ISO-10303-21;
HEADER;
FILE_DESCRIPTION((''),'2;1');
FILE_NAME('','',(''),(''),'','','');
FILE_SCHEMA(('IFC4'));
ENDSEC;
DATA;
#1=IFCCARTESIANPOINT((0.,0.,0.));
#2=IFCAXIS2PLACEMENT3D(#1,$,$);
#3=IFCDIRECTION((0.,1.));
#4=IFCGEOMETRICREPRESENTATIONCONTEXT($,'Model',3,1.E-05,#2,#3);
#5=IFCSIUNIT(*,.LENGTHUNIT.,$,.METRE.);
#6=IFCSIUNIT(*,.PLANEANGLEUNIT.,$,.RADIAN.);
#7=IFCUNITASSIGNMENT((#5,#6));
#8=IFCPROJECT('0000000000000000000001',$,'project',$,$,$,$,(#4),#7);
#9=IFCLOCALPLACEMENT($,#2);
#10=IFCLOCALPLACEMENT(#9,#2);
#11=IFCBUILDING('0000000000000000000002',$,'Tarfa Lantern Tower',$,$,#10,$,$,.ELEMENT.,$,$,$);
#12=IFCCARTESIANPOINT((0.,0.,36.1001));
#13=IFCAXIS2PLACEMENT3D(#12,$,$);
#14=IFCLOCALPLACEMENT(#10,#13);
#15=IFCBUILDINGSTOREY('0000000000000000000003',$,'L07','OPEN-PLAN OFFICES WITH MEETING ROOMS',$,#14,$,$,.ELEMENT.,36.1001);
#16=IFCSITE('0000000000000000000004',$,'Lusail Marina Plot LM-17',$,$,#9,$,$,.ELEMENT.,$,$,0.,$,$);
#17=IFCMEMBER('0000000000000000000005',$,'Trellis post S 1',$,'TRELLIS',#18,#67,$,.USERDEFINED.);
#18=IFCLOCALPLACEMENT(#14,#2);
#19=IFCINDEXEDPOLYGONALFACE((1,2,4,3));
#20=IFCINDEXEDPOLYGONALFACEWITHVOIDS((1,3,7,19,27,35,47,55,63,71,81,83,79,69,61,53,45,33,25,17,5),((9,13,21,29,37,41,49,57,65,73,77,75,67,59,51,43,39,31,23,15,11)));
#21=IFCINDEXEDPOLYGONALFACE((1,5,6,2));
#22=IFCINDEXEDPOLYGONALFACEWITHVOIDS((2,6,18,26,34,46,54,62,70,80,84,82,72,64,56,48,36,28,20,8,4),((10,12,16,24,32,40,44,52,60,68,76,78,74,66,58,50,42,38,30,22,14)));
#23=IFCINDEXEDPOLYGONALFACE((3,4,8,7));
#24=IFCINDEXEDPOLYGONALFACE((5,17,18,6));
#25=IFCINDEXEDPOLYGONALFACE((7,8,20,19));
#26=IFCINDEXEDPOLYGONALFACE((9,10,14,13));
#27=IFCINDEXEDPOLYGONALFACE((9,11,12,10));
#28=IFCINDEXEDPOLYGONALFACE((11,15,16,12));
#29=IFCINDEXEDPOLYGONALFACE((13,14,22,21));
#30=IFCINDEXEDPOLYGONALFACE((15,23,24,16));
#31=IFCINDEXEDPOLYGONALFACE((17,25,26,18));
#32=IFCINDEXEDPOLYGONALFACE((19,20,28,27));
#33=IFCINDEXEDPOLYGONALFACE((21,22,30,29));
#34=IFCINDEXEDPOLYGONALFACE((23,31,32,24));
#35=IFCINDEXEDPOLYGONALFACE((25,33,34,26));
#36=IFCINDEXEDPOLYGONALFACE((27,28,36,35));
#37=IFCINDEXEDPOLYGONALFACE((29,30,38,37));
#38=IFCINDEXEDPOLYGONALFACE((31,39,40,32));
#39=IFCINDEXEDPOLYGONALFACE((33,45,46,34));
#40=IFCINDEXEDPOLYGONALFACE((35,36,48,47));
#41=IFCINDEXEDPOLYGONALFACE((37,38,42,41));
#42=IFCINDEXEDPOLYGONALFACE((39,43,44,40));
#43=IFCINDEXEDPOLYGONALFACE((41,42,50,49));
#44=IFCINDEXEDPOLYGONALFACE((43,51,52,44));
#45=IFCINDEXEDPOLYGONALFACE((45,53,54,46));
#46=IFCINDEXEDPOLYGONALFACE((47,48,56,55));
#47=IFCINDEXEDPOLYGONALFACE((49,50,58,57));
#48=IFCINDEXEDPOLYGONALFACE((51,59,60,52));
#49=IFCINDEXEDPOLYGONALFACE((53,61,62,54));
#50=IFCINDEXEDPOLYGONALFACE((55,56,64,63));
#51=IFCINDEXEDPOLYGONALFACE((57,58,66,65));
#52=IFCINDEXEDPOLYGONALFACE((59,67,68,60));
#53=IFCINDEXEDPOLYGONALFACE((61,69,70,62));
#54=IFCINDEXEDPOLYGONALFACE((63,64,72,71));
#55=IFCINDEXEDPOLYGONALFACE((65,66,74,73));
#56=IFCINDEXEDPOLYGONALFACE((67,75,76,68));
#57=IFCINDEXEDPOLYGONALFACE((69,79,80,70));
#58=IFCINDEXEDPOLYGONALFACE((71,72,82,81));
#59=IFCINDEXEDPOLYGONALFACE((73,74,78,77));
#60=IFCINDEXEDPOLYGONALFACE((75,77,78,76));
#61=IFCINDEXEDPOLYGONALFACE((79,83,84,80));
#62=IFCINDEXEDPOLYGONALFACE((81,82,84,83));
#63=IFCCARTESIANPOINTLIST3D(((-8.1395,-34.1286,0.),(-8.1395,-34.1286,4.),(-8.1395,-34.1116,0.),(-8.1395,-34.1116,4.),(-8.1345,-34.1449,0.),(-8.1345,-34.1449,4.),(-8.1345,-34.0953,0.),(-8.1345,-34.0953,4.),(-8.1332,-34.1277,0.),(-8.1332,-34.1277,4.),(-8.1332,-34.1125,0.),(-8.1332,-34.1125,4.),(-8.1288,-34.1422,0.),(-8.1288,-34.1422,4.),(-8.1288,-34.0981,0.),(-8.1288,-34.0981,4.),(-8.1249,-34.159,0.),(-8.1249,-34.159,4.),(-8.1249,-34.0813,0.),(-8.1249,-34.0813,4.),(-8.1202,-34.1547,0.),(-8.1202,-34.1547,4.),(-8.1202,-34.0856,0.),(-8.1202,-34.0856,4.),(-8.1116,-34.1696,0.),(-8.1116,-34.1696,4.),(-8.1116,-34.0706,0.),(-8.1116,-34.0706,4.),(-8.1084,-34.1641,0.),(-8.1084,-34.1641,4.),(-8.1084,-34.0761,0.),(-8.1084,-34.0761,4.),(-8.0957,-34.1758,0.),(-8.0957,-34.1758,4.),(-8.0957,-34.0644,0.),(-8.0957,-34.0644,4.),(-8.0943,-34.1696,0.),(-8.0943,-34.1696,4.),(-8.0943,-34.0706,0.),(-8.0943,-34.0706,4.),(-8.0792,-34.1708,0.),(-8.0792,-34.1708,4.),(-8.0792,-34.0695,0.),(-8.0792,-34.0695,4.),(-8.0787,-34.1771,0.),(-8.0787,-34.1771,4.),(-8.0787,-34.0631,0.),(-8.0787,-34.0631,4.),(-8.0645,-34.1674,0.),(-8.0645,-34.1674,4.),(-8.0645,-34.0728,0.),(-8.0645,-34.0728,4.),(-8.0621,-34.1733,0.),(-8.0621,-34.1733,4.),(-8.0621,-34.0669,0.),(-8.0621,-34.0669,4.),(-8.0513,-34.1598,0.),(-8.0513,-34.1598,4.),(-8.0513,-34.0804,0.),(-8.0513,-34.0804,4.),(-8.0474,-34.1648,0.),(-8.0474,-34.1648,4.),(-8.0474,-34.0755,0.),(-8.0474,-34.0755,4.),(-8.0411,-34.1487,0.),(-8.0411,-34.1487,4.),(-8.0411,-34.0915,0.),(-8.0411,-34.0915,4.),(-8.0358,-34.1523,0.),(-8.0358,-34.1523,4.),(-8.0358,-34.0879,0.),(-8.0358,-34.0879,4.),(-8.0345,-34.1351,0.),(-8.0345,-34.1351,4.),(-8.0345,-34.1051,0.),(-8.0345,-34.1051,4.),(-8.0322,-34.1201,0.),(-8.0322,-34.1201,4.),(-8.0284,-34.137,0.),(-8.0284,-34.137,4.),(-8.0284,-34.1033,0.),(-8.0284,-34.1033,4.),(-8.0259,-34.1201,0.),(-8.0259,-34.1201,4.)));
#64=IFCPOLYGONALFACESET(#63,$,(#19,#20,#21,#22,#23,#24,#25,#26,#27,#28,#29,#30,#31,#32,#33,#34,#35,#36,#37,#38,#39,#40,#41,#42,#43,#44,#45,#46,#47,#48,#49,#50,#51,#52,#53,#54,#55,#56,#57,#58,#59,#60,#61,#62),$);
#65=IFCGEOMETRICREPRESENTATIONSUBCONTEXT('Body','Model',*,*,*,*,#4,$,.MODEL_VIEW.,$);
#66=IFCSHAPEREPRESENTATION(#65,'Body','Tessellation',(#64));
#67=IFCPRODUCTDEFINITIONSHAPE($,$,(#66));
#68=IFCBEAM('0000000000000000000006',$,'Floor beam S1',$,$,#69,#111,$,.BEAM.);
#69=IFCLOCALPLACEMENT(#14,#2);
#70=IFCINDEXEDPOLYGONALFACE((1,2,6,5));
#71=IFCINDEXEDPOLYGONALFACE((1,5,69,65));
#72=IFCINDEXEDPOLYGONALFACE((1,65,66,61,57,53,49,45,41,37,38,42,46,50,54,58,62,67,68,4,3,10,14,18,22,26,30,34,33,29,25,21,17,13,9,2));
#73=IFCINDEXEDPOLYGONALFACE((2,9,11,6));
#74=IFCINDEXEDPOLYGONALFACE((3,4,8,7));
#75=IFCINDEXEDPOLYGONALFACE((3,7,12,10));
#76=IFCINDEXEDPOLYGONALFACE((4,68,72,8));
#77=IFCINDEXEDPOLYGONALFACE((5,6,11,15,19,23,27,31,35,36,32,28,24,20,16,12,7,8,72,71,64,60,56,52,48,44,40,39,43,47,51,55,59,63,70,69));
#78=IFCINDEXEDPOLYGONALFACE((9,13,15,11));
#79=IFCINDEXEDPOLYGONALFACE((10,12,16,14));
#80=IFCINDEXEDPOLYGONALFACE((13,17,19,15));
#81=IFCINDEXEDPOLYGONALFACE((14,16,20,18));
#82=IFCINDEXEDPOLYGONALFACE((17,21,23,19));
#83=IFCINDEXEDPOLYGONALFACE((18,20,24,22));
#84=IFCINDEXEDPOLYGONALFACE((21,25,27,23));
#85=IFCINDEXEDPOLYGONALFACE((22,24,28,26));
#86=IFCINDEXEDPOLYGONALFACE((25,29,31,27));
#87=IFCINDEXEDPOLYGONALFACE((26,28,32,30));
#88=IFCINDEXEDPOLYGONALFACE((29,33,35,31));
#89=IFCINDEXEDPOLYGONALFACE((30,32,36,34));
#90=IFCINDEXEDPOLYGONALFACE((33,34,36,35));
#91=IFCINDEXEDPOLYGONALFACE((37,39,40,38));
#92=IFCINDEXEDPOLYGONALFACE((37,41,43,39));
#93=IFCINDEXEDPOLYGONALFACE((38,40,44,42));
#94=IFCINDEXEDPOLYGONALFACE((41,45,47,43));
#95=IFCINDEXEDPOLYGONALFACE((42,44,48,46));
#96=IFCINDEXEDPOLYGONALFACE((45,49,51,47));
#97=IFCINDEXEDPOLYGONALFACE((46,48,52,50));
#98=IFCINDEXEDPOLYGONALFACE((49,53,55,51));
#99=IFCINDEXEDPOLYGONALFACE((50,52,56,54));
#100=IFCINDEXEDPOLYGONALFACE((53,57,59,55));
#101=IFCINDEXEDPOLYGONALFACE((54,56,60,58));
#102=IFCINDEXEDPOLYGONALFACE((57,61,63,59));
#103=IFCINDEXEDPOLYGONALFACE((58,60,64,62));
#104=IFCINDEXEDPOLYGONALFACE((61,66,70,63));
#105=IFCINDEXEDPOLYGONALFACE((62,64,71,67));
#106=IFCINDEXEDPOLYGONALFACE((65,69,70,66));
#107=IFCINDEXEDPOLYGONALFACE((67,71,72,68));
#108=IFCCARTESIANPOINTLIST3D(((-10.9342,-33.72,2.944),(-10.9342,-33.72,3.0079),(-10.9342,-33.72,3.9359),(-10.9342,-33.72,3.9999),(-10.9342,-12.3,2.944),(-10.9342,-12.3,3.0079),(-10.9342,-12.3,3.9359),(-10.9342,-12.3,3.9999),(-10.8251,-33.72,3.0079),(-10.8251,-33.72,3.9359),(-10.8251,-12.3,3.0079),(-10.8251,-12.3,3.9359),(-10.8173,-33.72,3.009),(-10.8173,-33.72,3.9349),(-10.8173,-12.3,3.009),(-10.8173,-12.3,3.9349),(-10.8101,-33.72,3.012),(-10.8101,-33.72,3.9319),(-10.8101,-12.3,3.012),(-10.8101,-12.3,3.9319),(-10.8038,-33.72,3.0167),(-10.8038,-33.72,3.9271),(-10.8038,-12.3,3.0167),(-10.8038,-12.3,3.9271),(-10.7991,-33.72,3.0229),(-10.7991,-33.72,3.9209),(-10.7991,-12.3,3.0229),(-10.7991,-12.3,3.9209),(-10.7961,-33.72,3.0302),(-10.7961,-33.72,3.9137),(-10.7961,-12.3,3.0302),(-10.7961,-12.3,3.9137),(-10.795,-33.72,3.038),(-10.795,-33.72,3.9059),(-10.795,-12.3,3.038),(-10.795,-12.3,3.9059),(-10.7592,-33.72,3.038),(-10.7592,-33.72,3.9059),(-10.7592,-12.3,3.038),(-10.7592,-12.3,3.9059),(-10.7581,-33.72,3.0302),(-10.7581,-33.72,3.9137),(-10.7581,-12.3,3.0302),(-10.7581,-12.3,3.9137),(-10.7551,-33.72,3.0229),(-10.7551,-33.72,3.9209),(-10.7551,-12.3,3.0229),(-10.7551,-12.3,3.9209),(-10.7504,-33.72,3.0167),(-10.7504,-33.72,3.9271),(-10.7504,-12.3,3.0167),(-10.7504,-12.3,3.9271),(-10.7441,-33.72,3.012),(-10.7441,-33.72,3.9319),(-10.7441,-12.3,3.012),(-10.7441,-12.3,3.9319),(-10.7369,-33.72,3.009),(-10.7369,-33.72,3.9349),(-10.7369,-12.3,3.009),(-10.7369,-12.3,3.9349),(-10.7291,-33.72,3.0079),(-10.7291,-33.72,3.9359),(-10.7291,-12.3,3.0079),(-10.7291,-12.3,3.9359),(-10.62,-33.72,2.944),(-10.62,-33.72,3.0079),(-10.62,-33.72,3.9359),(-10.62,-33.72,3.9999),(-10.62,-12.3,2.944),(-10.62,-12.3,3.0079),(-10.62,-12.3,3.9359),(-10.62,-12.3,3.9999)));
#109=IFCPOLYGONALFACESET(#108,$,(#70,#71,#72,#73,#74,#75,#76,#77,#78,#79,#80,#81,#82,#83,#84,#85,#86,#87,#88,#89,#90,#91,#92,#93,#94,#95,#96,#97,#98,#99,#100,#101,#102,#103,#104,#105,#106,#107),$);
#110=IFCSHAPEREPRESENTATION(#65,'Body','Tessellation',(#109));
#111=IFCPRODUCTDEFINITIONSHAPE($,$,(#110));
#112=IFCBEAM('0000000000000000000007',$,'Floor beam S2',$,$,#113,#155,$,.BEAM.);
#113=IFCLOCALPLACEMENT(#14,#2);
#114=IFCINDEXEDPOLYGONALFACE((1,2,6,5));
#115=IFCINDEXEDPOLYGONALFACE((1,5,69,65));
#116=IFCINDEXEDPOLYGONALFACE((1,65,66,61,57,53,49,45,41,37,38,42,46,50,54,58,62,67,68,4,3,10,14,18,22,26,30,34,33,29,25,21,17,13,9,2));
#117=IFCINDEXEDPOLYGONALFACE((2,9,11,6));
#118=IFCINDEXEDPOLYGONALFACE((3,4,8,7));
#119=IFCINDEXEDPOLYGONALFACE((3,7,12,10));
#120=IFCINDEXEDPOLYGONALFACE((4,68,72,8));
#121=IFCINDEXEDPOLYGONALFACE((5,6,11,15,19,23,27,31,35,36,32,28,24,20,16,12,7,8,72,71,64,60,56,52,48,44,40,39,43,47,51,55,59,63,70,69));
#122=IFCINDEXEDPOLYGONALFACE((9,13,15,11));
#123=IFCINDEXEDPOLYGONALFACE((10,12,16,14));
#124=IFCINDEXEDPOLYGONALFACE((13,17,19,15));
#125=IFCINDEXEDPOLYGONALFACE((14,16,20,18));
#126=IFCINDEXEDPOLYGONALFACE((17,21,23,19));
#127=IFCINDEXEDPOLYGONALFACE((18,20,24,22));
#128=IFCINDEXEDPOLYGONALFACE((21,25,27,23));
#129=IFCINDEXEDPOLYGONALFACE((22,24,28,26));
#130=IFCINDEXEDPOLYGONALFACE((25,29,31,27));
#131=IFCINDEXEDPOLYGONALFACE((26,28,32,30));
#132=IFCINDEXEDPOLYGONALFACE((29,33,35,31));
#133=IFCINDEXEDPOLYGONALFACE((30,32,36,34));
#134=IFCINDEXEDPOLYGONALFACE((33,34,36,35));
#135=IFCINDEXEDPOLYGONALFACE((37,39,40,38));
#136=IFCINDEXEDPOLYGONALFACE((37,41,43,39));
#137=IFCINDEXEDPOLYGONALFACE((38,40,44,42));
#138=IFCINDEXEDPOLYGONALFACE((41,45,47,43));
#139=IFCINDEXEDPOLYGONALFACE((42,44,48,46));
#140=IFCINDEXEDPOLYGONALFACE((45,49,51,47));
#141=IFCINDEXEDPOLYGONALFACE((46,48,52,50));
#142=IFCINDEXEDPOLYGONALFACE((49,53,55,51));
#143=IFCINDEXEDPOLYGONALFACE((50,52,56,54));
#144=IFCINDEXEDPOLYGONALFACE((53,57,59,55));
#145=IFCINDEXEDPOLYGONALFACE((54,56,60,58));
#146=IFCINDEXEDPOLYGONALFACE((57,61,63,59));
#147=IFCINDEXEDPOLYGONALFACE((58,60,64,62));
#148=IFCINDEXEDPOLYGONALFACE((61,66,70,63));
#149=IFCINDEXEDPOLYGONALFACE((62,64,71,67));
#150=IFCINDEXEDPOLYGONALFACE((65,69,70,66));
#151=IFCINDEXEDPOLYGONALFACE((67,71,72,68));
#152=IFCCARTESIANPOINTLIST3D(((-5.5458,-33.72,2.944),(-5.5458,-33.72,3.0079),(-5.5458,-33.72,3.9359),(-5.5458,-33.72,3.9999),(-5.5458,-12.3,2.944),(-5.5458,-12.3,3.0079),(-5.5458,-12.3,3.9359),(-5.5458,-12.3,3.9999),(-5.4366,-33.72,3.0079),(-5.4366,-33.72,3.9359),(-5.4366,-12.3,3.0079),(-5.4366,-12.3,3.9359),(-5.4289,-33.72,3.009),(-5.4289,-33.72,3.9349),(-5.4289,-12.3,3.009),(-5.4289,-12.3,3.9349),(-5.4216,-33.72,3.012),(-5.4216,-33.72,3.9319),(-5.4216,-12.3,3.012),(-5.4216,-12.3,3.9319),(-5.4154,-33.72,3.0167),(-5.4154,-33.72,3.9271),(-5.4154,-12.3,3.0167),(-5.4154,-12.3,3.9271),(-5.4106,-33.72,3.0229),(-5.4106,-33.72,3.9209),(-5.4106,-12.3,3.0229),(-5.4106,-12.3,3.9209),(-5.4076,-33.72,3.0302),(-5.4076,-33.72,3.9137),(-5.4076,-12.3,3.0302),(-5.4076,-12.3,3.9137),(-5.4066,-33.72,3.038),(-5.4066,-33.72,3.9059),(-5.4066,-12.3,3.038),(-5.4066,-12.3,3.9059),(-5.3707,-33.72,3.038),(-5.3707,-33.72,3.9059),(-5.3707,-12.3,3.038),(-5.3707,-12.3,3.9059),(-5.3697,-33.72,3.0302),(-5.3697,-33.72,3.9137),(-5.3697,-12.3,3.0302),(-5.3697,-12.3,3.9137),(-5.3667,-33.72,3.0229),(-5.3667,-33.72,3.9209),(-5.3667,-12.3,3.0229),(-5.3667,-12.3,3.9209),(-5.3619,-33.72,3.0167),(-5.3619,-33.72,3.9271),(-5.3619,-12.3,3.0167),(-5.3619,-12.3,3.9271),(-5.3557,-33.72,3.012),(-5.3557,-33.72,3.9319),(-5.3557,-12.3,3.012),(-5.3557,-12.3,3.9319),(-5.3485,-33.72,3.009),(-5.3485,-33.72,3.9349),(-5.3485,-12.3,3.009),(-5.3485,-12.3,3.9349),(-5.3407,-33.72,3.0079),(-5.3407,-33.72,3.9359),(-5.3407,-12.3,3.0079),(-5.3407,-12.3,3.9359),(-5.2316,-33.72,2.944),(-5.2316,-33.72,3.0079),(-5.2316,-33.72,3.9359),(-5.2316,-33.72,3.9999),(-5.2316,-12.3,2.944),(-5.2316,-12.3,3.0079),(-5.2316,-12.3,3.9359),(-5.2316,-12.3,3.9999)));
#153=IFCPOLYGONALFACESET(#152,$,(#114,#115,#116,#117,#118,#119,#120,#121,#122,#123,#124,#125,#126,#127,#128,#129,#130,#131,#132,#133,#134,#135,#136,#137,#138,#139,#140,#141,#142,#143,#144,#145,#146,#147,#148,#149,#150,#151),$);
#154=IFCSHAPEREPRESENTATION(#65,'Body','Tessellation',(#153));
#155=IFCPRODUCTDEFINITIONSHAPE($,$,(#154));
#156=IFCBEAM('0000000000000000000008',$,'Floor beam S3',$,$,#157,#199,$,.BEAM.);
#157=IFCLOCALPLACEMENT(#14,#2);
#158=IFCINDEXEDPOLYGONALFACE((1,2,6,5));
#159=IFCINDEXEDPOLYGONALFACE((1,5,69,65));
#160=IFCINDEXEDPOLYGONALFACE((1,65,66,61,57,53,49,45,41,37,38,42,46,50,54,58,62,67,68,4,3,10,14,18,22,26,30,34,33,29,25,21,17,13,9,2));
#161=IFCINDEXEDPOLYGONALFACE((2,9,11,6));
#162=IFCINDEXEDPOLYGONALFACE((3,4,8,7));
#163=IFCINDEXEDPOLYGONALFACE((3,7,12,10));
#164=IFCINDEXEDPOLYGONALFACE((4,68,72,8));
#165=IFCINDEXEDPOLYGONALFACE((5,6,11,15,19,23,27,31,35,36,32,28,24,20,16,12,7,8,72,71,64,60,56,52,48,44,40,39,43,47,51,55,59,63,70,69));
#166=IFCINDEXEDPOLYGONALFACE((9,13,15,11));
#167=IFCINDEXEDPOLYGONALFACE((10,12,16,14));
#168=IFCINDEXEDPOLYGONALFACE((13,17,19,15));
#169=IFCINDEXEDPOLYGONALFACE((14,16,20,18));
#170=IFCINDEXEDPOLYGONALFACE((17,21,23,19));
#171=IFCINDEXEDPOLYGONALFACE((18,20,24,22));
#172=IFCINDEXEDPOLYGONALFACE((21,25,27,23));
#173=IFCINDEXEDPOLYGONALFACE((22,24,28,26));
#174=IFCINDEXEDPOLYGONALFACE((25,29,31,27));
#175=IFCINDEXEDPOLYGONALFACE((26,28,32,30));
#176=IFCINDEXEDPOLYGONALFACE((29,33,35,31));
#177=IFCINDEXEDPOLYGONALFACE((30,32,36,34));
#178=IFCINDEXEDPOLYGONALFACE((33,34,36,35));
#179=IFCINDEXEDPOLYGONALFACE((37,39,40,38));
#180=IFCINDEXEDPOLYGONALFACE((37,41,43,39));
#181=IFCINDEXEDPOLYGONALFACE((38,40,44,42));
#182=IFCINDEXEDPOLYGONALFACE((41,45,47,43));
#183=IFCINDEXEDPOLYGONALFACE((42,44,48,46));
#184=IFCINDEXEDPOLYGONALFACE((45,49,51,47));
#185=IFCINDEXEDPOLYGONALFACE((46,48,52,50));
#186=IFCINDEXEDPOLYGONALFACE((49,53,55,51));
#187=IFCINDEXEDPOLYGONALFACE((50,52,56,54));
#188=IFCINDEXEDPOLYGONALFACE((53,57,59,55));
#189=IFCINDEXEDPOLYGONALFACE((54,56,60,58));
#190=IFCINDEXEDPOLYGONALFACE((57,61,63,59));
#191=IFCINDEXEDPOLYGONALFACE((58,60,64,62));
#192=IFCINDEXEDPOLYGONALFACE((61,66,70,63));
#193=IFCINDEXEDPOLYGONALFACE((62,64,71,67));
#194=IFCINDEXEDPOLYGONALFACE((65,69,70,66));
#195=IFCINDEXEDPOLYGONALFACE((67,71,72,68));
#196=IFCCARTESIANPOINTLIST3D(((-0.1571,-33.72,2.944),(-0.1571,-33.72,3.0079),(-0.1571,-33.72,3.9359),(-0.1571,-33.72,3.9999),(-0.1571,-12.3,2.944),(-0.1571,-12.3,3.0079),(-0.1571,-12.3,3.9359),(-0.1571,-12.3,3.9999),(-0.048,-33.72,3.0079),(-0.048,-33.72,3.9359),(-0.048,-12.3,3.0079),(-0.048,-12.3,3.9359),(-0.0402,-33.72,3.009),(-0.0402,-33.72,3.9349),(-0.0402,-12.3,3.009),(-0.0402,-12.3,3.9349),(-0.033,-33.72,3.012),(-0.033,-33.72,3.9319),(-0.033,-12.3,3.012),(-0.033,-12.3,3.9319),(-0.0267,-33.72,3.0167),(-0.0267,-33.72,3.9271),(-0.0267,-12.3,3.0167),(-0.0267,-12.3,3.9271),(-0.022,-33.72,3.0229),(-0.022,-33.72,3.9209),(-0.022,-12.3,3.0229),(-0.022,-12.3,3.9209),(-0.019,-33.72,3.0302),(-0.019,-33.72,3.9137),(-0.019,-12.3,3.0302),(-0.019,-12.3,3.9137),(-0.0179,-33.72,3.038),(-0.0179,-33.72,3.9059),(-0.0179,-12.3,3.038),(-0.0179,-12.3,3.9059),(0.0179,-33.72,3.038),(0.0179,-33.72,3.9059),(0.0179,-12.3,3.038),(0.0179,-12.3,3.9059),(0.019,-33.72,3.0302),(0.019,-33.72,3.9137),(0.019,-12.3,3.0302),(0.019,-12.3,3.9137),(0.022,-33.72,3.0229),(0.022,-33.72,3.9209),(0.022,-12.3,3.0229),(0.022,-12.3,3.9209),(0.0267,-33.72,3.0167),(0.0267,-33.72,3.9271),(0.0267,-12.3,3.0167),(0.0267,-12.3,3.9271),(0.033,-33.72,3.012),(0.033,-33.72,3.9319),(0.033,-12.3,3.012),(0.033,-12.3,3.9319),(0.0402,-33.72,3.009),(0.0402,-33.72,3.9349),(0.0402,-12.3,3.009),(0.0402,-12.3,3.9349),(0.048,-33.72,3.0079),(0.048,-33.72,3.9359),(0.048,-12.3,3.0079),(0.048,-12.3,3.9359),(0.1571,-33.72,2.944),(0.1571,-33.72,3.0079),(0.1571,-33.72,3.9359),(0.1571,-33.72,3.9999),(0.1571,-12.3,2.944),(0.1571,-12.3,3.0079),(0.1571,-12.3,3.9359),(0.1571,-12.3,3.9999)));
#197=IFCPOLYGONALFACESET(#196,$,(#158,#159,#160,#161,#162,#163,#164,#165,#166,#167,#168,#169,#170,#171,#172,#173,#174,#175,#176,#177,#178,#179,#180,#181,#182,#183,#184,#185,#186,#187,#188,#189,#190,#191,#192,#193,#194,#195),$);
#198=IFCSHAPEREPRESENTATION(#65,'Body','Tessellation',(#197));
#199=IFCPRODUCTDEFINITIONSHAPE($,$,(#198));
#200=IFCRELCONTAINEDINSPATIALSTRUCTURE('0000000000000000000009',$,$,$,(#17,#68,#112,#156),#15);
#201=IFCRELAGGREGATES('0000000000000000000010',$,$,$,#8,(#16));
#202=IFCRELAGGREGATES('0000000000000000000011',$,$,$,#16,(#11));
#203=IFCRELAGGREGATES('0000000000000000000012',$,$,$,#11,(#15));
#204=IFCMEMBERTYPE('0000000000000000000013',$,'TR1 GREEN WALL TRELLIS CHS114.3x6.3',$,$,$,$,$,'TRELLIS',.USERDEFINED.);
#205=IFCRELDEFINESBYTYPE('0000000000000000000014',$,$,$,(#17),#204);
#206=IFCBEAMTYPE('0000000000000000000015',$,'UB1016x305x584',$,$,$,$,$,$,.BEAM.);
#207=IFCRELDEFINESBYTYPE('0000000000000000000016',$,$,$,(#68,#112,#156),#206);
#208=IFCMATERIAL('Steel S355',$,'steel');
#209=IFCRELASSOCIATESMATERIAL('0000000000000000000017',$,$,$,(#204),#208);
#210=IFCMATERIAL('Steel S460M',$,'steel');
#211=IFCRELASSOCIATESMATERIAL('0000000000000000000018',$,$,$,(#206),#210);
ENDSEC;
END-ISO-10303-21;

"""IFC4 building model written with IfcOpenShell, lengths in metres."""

from ifc_helpers import new_model, si_unit, direction, frame, origin, origin_2d, place, context, subcontext, project, spatial, hollow_circle, i_section, extrude, material, material_profile, profile_set, type_object, element, save


model = new_model("IFC4")

# Units and contexts
model_context = context("Model", 3, precision=1e-05, world=origin(), true_north=direction((0.0, 1.0)))
body_context = subcontext(model_context, "Body", "Model", "MODEL_VIEW")
ifc_project = project(units=[si_unit("LENGTHUNIT", "METRE"), si_unit("PLANEANGLEUNIT", "RADIAN")], contexts=[model_context])

# Site, building, storey
site_placement = place(None, origin())
site = spatial("IfcSite", under=ifc_project, at=site_placement, Name="Lusail Marina Plot LM-17", CompositionType="ELEMENT", RefElevation=0.0)
building_placement = place(site_placement, origin())
building = spatial("IfcBuilding", under=site, at=building_placement, Name="Tarfa Lantern Tower", CompositionType="ELEMENT")
storey_placement = place(building_placement, frame((0.0, 0.0, 36.1001)))
storey = spatial("IfcBuildingStorey", under=building, at=storey_placement, Name="L07", Description="OPEN-PLAN OFFICES WITH MEETING ROOMS", CompositionType="ELEMENT", Elevation=36.1001)

# Member
ifc_material_1 = material(Name="Steel S355", Category="steel")
ifc_material_profile_1 = material_profile(ifc_material_1, hollow_circle(Radius=0.0571, WallThickness=0.0063, at=origin_2d()), Name="CHS114.3x6.3")
ifc_profile_set_1 = profile_set([ifc_material_profile_1], Name="Steel S355")
member_type_1 = type_object("IfcMemberType", Name="TR1 GREEN WALL TRELLIS CHS114.3x6.3", ElementType="TRELLIS", PredefinedType="USERDEFINED", material=ifc_profile_set_1)
member_1_placement = place(storey_placement, frame((-8.083, -34.1201, 0.0), z_axis=(0.0, 0.0, 1.0), x_axis=(1.0, 0.0, 0.0)))
element("IfcMember", 1, at=member_1_placement, inside=storey, type_object=member_type_1, Name="Trellis post S 1", ObjectType="TRELLIS", PredefinedType="USERDEFINED", context=body_context, shape_type="SweptSolid", body=[
    extrude(hollow_circle(Radius=0.0571, WallThickness=0.0063, at=origin_2d()), origin(), (0.0, 0.0, 1.0), 4.0),
])

# Beams
ifc_material_2 = material(Name="Steel S460M", Category="steel")
ifc_material_profile_2 = material_profile(ifc_material_2, i_section(OverallWidth=0.3142, OverallDepth=1.0559, WebThickness=0.0359, FlangeThickness=0.064, FilletRadius=0.03, at=origin_2d()), Name="UB1016x305x584")
ifc_profile_set_2 = profile_set([ifc_material_profile_2], Name="Steel S460M")
beam_type_1 = type_object("IfcBeamType", Name="UB1016x305x584", PredefinedType="BEAM", material=ifc_profile_set_2)
for number, where, z_axis, x_axis, name in (
    (2, (-10.7771, -33.72, 3.4719), (0.0, 1.0, 0.0), (-1.0, 0.0, 0.0), "Floor beam S1"),
    (3, (-5.3887, -33.72, 3.4719), (0.0, 1.0, 0.0), (-1.0, 0.0, 0.0), "Floor beam S2"),
    (4, (0.0, -33.72, 3.4719), (0.0, 1.0, 0.0), (-1.0, 0.0, 0.0), "Floor beam S3"),
):
    element("IfcBeam", number, at=place(storey_placement, frame(where, z_axis=z_axis, x_axis=x_axis)), inside=storey, type_object=beam_type_1, Name=name, PredefinedType="BEAM", context=body_context, shape_type="SweptSolid", body=[
        extrude(i_section(OverallWidth=0.3142, OverallDepth=1.0559, WebThickness=0.0359, FlangeThickness=0.064, FilletRadius=0.03, at=origin_2d()), origin(), (0.0, 0.0, 1.0), 21.4199),
    ])

save(model, "model.ifc")
